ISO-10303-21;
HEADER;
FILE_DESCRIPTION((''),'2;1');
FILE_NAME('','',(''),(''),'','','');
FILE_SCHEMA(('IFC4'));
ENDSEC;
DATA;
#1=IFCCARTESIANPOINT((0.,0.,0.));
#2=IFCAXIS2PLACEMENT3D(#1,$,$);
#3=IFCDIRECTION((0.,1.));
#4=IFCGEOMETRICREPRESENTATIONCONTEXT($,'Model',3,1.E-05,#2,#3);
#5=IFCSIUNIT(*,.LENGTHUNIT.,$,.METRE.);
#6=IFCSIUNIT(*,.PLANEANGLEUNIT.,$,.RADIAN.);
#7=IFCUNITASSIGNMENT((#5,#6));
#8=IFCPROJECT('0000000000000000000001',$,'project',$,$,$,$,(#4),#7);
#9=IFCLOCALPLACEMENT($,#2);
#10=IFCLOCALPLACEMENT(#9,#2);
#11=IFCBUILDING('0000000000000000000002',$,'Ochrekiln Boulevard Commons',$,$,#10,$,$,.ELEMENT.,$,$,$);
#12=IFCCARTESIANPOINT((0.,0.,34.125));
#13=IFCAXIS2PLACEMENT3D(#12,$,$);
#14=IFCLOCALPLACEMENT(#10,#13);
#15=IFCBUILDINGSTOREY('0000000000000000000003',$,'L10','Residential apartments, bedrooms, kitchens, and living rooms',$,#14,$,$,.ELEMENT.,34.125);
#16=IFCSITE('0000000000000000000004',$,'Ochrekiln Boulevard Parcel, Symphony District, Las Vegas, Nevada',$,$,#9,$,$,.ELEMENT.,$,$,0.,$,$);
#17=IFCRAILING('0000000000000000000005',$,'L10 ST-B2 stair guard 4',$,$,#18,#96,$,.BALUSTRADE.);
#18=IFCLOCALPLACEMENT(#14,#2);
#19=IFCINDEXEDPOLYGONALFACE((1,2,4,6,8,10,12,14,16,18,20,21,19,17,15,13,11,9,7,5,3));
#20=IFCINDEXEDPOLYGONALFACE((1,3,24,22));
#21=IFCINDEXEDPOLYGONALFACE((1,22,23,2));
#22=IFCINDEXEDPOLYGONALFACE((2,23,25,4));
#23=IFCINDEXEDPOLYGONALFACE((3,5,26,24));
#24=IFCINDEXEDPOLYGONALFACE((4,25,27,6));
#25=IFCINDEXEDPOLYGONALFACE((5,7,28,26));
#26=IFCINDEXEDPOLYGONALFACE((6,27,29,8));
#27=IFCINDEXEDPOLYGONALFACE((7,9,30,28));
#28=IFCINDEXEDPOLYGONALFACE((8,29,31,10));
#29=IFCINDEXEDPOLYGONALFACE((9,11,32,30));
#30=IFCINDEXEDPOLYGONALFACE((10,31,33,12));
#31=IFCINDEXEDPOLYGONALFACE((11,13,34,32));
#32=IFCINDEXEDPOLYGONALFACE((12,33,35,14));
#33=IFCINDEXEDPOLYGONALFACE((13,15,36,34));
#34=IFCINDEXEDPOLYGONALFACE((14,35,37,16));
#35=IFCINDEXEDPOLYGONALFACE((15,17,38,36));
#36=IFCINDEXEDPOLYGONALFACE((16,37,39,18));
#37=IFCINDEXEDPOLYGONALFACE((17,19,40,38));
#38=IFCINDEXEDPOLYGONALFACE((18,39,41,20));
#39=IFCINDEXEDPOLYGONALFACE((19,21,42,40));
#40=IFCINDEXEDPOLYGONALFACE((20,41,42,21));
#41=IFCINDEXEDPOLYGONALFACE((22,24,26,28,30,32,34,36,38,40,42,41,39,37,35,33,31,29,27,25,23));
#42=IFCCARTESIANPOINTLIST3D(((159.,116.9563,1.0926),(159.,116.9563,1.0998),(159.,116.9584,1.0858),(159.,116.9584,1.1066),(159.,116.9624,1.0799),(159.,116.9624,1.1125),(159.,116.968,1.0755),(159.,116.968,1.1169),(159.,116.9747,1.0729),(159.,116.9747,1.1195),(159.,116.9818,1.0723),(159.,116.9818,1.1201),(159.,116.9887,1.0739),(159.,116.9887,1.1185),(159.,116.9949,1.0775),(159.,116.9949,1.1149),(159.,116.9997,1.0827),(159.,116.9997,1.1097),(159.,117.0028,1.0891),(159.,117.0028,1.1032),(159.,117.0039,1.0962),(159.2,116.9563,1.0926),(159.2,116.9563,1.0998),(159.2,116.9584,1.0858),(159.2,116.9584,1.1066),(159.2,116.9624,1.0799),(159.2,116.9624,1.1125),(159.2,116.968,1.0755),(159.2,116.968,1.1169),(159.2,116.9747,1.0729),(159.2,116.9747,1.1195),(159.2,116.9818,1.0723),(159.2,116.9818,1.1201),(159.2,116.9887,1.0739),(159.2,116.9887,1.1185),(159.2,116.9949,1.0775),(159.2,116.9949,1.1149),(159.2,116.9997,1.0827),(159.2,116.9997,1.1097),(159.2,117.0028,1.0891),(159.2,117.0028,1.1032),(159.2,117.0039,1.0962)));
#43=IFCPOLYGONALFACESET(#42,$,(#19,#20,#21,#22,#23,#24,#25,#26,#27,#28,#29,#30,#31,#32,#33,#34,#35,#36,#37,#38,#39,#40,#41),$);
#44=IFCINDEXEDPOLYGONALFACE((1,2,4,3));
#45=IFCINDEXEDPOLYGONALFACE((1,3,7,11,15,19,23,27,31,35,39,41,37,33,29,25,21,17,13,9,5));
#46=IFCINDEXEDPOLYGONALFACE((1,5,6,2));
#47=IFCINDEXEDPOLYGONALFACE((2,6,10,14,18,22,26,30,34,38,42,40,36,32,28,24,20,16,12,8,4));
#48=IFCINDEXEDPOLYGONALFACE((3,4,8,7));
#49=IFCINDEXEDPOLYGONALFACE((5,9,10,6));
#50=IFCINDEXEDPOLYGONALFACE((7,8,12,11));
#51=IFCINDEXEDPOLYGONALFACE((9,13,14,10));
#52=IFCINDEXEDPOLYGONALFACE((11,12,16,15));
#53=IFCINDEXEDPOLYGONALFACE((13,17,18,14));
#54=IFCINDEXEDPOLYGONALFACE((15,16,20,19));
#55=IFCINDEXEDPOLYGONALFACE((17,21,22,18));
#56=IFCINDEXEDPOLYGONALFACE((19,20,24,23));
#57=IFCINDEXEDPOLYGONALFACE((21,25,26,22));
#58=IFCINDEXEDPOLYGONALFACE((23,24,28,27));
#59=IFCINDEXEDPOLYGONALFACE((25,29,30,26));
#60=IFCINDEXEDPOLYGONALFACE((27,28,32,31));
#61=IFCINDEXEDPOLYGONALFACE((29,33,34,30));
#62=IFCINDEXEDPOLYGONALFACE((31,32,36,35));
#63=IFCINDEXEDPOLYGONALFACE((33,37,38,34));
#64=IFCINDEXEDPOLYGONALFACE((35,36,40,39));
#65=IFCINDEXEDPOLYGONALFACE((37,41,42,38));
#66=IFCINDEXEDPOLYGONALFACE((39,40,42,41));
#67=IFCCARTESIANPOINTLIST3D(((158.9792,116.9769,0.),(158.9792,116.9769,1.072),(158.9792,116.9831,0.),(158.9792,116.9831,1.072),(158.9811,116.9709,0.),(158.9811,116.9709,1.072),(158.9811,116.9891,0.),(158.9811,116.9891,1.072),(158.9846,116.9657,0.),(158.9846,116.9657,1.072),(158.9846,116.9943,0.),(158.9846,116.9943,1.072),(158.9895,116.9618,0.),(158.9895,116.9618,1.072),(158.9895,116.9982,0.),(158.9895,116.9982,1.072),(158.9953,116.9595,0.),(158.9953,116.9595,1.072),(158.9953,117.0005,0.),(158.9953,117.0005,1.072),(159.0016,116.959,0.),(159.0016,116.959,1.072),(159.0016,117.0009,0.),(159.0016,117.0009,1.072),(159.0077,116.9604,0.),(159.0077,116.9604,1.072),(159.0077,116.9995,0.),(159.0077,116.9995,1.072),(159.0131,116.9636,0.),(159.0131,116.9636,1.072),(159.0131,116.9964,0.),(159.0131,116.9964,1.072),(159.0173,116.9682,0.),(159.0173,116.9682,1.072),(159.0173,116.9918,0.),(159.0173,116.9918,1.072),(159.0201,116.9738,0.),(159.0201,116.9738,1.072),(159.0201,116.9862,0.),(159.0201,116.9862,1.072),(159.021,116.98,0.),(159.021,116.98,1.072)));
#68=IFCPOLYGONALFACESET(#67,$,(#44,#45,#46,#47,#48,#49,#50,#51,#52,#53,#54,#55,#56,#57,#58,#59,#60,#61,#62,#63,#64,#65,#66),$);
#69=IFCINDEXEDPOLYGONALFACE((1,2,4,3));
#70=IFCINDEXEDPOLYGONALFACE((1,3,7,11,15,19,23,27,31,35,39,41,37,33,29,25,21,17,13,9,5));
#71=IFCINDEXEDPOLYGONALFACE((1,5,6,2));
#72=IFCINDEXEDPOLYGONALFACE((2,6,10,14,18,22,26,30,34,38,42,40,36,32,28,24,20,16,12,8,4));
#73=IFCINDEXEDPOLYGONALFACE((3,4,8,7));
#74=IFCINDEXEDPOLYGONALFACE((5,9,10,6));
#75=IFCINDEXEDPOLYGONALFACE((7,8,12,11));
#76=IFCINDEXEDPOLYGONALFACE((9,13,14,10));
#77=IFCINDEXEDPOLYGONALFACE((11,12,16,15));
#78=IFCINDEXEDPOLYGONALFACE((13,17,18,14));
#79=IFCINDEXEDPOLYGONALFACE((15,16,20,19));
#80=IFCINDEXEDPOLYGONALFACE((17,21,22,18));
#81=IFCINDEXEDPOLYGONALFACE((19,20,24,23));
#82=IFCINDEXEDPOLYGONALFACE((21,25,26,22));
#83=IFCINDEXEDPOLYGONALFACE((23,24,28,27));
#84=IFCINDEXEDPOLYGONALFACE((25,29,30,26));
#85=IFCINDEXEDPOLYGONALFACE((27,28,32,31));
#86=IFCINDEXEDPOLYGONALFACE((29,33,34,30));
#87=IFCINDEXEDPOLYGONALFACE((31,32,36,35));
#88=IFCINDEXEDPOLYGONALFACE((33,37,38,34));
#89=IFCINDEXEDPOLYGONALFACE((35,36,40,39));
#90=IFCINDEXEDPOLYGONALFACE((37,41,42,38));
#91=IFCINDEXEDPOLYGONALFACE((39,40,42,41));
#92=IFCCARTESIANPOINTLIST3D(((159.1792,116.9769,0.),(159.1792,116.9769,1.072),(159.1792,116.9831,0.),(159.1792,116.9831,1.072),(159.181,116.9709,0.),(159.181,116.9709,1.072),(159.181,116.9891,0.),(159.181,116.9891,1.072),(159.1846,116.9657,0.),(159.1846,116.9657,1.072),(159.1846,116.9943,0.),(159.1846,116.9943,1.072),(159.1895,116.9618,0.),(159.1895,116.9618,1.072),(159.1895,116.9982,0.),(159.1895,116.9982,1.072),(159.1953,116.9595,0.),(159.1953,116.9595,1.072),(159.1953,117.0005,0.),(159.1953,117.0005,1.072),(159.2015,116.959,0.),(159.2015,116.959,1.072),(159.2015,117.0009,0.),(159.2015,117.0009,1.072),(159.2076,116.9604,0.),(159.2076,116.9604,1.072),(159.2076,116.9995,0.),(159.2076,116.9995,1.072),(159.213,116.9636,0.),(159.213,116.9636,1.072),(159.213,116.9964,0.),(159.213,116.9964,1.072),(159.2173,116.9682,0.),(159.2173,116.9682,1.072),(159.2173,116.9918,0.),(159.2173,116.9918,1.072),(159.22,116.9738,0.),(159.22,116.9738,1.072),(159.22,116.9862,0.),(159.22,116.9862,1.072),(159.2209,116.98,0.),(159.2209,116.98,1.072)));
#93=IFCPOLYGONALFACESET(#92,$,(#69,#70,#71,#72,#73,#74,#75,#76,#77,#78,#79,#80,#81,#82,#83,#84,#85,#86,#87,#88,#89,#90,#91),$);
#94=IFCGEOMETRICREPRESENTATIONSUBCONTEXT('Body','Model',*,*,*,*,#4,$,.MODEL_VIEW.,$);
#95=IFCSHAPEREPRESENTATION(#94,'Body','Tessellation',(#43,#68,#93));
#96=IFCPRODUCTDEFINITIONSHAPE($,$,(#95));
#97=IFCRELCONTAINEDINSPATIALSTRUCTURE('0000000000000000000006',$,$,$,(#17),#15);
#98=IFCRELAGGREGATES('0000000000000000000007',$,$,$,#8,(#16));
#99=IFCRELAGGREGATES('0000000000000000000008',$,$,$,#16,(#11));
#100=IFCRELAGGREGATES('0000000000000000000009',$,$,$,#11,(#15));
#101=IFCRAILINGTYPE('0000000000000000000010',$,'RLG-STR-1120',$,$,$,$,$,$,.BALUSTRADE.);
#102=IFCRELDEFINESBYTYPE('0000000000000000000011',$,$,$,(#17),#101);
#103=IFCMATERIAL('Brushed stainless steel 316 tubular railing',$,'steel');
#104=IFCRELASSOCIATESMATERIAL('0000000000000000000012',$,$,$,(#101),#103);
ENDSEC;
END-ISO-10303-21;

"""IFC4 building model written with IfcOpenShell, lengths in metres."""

from ifc_helpers import new_model, si_unit, direction, frame, origin, origin_2d, place, context, subcontext, project, spatial, circle, extrude, material, type_object, element, save


model = new_model("IFC4")

# Units and contexts
model_context = context("Model", 3, precision=1e-05, world=origin(), true_north=direction((0.0, 1.0)))
body_context = subcontext(model_context, "Body", "Model", "MODEL_VIEW")
ifc_project = project(units=[si_unit("LENGTHUNIT", "METRE"), si_unit("PLANEANGLEUNIT", "RADIAN")], contexts=[model_context])

# Site, building, storey
site_placement = place(None, origin())
site = spatial("IfcSite", under=ifc_project, at=site_placement, Name="Ochrekiln Boulevard Parcel, Symphony District, Las Vegas, Nevada", CompositionType="ELEMENT", RefElevation=0.0)
building_placement = place(site_placement, origin())
building = spatial("IfcBuilding", under=site, at=building_placement, Name="Ochrekiln Boulevard Commons", CompositionType="ELEMENT")
storey_placement = place(building_placement, frame((0.0, 0.0, 34.125)))
storey = spatial("IfcBuildingStorey", under=building, at=storey_placement, Name="L10", Description="Residential apartments, bedrooms, kitchens, and living rooms", CompositionType="ELEMENT", Elevation=34.125)

# Railing
ifc_material_1 = material(Name="Brushed stainless steel 316 tubular railing", Category="steel")
railing_type_1 = type_object("IfcRailingType", Name="RLG-STR-1120", PredefinedType="BALUSTRADE", material=ifc_material_1)
railing_1_placement = place(storey_placement, frame((159.0, 116.98, 0.0)))
element("IfcRailing", 1, at=railing_1_placement, inside=storey, type_object=railing_type_1, Name="L10 ST-B2 stair guard 4", PredefinedType="BALUSTRADE", context=body_context, shape_type="SweptSolid", body=[
    extrude(circle(Radius=0.0239, at=origin_2d()), frame((0.0, 0.0, 1.0962), z_axis=(1.0, 0.0, 0.0), x_axis=(0.0, 1.0, 0.0)), (0.0, 0.0, 1.0), 0.2),
    extrude(circle(Radius=0.021, at=origin_2d()), origin(), (0.0, 0.0, 1.0), 1.072),
    extrude(circle(Radius=0.021, at=origin_2d()), frame((0.2, 0.0, 0.0)), (0.0, 0.0, 1.0), 1.072),
])

save(model, "model.ifc")
